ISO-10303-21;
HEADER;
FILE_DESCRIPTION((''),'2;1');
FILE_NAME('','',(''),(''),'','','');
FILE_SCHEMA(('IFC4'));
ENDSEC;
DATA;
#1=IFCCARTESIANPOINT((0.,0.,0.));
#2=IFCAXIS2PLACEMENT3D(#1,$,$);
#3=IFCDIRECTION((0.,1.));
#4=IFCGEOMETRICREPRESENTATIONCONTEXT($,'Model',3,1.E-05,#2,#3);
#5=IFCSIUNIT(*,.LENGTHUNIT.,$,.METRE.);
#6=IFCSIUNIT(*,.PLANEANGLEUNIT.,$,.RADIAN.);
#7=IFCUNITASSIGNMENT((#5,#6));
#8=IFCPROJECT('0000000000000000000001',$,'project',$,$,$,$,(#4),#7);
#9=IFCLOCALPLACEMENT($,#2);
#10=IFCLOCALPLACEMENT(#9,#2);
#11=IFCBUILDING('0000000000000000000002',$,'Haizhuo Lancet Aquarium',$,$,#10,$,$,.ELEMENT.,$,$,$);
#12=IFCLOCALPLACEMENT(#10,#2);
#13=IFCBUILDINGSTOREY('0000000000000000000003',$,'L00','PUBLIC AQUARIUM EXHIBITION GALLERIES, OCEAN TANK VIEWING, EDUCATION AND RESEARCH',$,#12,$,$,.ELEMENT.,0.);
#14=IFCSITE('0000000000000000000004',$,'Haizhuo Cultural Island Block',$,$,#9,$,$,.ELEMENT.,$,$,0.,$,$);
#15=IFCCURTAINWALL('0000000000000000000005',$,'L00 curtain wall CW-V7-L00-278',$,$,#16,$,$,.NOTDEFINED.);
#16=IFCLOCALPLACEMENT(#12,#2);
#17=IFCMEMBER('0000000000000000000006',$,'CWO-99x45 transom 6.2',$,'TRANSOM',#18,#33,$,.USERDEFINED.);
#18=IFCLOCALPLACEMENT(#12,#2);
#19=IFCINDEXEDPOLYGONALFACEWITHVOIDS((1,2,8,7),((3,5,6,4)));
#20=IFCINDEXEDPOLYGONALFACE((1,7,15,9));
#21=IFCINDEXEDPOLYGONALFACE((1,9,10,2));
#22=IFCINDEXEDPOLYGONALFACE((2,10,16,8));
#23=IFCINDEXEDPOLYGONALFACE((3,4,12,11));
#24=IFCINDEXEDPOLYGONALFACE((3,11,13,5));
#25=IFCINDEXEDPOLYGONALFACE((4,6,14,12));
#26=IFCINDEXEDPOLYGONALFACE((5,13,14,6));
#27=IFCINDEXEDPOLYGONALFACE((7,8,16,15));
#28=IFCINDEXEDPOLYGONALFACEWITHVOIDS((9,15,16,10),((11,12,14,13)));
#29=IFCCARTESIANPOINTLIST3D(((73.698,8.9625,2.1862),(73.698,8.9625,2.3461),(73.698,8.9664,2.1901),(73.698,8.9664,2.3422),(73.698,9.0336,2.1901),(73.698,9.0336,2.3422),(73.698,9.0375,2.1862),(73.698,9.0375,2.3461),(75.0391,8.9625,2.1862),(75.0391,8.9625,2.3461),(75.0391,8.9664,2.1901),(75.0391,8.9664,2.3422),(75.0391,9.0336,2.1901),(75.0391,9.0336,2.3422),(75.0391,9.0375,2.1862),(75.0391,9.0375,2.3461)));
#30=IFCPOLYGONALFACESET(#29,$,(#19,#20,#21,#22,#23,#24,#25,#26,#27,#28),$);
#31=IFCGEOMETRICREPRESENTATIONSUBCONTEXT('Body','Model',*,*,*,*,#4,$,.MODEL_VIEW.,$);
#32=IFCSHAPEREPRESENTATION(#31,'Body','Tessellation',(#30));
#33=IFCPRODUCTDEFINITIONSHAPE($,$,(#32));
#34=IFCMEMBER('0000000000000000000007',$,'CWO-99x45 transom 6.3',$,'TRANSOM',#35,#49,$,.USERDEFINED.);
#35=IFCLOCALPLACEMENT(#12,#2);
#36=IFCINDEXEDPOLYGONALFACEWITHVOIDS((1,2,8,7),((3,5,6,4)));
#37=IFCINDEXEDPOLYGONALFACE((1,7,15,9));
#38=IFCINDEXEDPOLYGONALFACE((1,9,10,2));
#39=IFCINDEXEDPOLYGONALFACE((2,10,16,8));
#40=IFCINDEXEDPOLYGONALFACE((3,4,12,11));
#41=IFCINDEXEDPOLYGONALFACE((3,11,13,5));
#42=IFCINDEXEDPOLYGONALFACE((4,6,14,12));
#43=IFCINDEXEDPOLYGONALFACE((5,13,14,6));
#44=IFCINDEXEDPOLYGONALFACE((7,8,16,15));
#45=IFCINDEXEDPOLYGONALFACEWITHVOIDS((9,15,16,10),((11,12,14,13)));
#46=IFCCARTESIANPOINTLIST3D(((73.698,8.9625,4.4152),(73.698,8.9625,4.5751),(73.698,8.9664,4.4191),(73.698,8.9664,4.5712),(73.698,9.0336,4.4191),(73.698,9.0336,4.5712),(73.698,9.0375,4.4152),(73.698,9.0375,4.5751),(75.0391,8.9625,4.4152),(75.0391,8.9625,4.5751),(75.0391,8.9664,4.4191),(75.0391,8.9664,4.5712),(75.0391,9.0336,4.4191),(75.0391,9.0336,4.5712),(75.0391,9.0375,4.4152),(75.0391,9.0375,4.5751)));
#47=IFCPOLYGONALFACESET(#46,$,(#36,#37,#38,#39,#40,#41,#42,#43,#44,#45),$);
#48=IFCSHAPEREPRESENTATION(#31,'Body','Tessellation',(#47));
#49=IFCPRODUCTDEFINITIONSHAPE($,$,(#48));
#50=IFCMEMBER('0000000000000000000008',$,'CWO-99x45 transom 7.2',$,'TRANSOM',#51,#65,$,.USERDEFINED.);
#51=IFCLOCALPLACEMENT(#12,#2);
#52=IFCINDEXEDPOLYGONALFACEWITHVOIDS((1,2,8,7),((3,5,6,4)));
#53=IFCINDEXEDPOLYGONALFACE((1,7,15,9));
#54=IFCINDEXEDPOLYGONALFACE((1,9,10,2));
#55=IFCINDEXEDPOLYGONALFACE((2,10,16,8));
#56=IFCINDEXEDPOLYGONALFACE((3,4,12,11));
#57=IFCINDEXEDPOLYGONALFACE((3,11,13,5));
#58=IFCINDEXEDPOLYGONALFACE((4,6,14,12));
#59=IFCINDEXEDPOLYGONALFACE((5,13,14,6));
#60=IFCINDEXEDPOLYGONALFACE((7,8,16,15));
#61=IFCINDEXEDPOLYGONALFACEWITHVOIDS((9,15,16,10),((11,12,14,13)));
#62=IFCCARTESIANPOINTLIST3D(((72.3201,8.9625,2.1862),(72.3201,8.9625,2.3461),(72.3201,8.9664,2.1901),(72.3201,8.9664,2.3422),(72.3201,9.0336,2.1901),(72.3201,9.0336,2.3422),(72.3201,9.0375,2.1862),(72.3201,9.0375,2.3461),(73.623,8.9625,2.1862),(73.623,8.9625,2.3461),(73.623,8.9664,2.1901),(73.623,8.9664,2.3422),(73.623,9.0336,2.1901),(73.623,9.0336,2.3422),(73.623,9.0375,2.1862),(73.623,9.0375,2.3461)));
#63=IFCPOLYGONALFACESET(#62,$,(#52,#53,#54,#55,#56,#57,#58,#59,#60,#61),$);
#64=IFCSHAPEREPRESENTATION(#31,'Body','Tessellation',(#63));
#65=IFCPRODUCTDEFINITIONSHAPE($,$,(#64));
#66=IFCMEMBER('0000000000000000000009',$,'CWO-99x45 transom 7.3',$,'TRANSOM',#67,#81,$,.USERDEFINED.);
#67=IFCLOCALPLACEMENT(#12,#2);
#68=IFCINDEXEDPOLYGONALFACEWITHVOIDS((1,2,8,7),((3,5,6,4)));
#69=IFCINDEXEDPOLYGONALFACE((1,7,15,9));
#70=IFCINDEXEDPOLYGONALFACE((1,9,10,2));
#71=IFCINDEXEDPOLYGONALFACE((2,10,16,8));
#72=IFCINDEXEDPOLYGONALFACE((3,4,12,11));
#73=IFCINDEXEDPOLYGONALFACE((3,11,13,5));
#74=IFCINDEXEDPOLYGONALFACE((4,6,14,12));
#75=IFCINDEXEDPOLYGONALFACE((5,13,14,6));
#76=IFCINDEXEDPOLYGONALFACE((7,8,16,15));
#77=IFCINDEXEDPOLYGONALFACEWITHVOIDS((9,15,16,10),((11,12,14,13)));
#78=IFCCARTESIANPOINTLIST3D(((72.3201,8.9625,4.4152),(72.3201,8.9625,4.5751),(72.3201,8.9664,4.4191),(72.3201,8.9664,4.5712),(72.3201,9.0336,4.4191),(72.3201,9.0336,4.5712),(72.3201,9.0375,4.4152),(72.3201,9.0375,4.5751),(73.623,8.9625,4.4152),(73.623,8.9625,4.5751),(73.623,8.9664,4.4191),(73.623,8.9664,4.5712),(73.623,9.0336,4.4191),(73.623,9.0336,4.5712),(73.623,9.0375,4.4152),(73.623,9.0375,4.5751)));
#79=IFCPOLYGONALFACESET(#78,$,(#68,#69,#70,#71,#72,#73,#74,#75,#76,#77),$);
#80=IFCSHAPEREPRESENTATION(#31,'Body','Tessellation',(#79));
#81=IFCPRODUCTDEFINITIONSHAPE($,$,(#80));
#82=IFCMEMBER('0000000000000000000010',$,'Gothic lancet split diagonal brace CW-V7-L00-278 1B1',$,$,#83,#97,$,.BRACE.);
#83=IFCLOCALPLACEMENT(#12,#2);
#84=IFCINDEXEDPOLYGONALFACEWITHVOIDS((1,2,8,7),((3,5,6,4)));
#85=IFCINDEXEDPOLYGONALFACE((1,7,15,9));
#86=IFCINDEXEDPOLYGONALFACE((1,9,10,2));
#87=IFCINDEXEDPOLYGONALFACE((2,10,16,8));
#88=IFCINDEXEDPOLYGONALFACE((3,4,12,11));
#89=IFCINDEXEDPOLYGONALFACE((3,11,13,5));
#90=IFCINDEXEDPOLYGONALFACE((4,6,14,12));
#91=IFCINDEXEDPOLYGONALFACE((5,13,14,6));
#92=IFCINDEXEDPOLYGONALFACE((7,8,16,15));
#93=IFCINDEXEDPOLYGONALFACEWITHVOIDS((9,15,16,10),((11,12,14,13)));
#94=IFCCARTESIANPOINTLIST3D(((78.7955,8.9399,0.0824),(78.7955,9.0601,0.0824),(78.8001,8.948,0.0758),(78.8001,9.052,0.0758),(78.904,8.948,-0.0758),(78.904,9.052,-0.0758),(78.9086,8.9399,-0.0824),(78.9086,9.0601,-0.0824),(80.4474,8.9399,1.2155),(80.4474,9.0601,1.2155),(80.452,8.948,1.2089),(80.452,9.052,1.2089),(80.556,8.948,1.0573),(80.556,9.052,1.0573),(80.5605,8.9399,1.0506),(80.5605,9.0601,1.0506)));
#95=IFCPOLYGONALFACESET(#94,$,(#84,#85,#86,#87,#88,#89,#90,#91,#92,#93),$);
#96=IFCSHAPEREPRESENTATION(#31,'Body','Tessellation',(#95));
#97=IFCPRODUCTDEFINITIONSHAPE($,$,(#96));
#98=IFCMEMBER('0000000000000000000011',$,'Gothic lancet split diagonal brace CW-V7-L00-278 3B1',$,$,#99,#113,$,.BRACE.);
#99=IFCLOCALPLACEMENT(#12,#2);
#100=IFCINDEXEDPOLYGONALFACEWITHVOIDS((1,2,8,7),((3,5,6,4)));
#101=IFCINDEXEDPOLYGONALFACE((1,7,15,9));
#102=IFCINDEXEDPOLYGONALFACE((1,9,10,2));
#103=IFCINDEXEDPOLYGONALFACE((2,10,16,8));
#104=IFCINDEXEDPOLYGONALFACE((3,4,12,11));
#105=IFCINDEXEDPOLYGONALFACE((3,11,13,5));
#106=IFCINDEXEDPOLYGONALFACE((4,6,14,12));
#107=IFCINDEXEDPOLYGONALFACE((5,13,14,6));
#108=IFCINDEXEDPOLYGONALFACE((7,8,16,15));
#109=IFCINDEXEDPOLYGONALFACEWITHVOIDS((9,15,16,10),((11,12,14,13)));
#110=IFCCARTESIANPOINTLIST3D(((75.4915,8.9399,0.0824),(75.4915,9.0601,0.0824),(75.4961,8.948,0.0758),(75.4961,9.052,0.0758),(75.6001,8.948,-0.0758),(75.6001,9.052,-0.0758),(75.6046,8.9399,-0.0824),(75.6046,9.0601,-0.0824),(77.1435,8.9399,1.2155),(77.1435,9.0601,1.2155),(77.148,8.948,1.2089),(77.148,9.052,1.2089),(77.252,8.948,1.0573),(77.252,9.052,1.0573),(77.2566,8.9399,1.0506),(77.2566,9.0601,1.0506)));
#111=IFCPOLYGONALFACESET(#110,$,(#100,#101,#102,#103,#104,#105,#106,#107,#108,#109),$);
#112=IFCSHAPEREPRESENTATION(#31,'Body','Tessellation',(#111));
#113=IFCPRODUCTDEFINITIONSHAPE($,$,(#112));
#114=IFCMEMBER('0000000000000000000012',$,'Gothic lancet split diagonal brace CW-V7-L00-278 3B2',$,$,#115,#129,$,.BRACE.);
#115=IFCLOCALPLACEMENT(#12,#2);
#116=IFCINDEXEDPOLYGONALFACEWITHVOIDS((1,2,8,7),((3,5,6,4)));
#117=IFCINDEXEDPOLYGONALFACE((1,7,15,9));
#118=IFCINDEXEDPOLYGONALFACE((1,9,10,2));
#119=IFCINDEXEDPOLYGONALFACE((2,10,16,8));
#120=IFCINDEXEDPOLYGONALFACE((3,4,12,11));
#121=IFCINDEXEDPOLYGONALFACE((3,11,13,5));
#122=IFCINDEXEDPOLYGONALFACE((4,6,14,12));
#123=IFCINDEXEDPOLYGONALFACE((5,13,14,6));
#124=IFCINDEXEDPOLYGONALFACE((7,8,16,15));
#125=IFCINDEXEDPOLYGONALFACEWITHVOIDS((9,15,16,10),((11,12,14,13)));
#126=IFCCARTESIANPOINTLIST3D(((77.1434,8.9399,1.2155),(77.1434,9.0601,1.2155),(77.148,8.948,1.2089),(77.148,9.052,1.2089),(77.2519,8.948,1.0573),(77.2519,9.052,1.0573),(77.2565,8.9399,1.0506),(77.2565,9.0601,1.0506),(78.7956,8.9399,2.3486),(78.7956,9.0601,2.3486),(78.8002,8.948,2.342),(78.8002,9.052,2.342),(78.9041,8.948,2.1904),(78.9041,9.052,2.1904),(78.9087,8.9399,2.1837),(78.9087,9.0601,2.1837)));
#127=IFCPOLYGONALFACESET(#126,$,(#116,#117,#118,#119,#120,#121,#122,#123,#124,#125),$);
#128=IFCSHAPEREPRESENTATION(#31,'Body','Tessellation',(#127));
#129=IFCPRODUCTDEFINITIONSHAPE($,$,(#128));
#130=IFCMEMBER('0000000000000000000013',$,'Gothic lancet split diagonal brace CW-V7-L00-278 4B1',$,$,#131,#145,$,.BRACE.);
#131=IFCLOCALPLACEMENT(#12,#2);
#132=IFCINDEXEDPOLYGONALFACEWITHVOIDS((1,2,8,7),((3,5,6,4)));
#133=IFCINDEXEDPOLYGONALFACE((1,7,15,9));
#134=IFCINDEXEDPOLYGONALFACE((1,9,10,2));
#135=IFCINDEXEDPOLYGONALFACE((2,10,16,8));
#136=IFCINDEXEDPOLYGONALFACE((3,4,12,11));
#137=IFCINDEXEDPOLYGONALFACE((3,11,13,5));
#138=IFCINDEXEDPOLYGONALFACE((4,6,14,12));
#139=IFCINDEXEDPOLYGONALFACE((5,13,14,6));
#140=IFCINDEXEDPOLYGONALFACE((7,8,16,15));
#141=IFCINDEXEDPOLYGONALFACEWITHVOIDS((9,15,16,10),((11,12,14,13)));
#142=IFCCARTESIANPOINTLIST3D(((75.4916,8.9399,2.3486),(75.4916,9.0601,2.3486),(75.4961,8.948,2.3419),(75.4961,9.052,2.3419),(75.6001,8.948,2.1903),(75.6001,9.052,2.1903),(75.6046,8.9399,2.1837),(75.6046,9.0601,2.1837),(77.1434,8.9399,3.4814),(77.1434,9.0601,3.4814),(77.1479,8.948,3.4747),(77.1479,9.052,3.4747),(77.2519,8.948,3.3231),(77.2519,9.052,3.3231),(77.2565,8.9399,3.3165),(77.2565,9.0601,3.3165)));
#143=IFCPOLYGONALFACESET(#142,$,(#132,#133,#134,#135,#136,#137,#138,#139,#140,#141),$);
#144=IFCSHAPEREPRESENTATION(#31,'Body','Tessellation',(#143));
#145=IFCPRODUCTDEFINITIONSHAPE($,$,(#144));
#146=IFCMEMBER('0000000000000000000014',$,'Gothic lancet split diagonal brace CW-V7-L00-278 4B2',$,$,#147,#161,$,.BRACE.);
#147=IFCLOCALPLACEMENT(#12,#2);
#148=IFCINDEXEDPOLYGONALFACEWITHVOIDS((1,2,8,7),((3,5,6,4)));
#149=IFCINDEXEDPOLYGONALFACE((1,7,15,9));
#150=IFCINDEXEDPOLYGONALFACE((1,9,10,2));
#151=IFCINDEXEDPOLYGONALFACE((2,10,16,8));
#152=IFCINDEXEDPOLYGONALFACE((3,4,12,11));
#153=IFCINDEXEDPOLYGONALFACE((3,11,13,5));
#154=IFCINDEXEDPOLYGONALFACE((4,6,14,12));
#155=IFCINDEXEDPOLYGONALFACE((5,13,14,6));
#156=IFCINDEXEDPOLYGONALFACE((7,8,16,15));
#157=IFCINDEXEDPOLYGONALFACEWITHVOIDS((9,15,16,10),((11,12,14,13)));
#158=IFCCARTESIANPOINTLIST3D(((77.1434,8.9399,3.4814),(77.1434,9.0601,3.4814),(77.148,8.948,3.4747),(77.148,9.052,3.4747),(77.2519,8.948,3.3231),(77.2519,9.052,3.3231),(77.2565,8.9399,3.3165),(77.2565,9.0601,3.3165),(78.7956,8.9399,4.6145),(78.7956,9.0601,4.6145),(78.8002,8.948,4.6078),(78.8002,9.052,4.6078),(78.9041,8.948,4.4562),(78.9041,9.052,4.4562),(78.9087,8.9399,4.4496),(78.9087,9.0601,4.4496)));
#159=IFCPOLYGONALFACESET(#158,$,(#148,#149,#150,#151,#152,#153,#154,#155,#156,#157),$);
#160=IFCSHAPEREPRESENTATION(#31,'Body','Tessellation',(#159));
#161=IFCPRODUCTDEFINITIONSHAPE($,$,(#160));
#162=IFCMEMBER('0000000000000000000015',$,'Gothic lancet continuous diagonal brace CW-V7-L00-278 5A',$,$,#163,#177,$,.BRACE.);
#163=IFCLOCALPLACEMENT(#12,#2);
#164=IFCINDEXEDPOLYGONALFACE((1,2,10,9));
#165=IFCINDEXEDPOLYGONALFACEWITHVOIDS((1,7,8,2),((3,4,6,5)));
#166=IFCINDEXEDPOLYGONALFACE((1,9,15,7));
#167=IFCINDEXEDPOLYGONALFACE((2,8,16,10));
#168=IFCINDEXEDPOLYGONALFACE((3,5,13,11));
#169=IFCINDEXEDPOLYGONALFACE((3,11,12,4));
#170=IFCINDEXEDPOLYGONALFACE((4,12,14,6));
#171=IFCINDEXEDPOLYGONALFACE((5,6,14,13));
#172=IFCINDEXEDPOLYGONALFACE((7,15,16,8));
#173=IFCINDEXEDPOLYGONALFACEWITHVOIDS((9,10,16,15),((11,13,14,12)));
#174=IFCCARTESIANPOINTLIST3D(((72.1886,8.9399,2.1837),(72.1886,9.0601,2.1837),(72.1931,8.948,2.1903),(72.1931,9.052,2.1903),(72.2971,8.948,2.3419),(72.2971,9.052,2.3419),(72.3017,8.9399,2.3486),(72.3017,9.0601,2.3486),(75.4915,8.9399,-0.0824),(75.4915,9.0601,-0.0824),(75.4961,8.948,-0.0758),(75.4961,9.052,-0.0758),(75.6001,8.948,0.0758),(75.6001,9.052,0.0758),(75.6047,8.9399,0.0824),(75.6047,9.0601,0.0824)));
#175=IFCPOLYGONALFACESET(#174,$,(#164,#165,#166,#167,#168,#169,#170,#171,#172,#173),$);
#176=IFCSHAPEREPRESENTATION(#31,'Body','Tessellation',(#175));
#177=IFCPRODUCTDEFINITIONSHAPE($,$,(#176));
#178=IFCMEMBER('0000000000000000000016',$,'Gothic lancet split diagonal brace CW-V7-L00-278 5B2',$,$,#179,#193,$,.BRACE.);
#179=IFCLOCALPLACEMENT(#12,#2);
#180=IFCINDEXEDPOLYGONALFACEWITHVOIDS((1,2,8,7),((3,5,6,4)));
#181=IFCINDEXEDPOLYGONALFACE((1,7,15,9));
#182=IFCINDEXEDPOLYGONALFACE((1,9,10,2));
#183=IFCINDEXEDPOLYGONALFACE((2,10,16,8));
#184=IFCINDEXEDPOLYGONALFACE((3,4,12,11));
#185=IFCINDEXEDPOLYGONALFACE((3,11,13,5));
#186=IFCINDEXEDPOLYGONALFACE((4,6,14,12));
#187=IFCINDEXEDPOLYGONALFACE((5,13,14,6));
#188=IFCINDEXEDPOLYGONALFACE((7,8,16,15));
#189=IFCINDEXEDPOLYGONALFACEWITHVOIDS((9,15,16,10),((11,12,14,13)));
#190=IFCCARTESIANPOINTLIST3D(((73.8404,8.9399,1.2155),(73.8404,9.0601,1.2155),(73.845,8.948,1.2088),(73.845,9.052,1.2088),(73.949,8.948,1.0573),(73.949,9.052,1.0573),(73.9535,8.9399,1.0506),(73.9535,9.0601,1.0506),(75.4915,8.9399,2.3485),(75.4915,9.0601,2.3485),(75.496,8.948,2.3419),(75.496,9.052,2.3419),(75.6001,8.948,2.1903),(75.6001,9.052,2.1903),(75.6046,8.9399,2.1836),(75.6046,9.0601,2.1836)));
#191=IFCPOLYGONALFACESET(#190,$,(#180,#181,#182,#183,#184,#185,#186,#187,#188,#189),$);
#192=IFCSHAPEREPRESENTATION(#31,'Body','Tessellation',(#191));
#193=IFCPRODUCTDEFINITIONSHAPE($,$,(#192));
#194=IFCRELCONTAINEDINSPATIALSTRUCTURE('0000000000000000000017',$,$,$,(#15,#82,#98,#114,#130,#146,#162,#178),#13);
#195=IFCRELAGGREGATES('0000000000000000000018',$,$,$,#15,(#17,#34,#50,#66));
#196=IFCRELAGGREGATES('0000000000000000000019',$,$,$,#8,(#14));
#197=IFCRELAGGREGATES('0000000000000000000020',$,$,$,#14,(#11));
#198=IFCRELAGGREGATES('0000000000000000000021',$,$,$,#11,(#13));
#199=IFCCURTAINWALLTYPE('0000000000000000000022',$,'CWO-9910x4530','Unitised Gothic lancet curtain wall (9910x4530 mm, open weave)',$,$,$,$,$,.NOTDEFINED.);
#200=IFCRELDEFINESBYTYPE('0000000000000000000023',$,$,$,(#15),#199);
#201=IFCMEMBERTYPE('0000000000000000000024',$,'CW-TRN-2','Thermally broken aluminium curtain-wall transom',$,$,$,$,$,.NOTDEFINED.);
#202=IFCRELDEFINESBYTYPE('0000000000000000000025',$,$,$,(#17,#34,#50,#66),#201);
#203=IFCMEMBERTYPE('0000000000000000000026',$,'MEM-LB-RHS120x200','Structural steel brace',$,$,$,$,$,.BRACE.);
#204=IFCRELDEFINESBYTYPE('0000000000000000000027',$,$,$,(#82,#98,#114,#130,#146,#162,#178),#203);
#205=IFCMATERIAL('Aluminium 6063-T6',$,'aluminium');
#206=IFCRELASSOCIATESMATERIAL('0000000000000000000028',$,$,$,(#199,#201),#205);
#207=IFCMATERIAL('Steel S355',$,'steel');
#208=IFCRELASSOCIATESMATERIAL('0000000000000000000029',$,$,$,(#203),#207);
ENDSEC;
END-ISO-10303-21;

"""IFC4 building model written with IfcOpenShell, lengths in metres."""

from ifc_helpers import new_model, si_unit, direction, frame, origin, origin_2d, place, context, subcontext, project, spatial, hollow_rectangle, extrude, material, material_profile, profile_set, type_object, element, aggregate, save


model = new_model("IFC4")

# Units and contexts
model_context = context("Model", 3, precision=1e-05, world=origin(), true_north=direction((0.0, 1.0)))
body_context = subcontext(model_context, "Body", "Model", "MODEL_VIEW")
ifc_project = project(units=[si_unit("LENGTHUNIT", "METRE"), si_unit("PLANEANGLEUNIT", "RADIAN")], contexts=[model_context])

# Site, building, storey
site_placement = place(None, origin())
site = spatial("IfcSite", under=ifc_project, at=site_placement, Name="Haizhuo Cultural Island Block", CompositionType="ELEMENT", RefElevation=0.0)
building_placement = place(site_placement, origin())
building = spatial("IfcBuilding", under=site, at=building_placement, Name="Haizhuo Lancet Aquarium", CompositionType="ELEMENT")
storey_placement = place(building_placement, origin())
storey = spatial("IfcBuildingStorey", under=building, at=storey_placement, Name="L00", Description="PUBLIC AQUARIUM EXHIBITION GALLERIES, OCEAN TANK VIEWING, EDUCATION AND RESEARCH", CompositionType="ELEMENT", Elevation=0.0)

# Curtain wall, members
ifc_material_1 = material(Name="Aluminium 6063-T6", Category="aluminium")
curtain_wall_type = type_object("IfcCurtainWallType", Name="CWO-9910x4530", Description="Unitised Gothic lancet curtain wall (9910x4530 mm, open weave)", PredefinedType="NOTDEFINED", material=ifc_material_1)
curtain_wall_placement = place(storey_placement, origin())
curtain_wall = element("IfcCurtainWall", 1, at=curtain_wall_placement, inside=storey, type_object=curtain_wall_type, Name="L00 curtain wall CW-V7-L00-278", PredefinedType="NOTDEFINED")
ifc_material_profile_1 = material_profile(ifc_material_1, hollow_rectangle(XDim=0.075, YDim=0.1599, WallThickness=0.0039, at=origin_2d()), Name="ALU-T 75x160x4")
ifc_profile_set_1 = profile_set([ifc_material_profile_1], Name="Aluminium 6063-T6")
member_type_1 = type_object("IfcMemberType", Name="CW-TRN-2", Description="Thermally broken aluminium curtain-wall transom", PredefinedType="NOTDEFINED", material=ifc_profile_set_1)
member_1_placement = place(storey_placement, frame((75.0391, 9.0, 2.2661), z_axis=(-1.0, 0.0, 0.0), x_axis=(0.0, -1.0, 0.0)))
member_1 = element("IfcMember", 2, at=member_1_placement, type_object=member_type_1, Name="CWO-99x45 transom 6.2", ObjectType="TRANSOM", PredefinedType="USERDEFINED", context=body_context, shape_type="SweptSolid", body=[
    extrude(hollow_rectangle(XDim=0.075, YDim=0.1599, WallThickness=0.0039, at=origin_2d()), origin(), (0.0, 0.0, 1.0), 1.3411),
])
member_2_placement = place(storey_placement, frame((75.0391, 9.0, 4.4951), z_axis=(-1.0, 0.0, 0.0), x_axis=(0.0, -1.0, 0.0)))
member_2 = element("IfcMember", 3, at=member_2_placement, type_object=member_type_1, Name="CWO-99x45 transom 6.3", ObjectType="TRANSOM", PredefinedType="USERDEFINED", context=body_context, shape_type="SweptSolid", body=[
    extrude(hollow_rectangle(XDim=0.075, YDim=0.1599, WallThickness=0.0039, at=origin_2d()), origin(), (0.0, 0.0, 1.0), 1.3411),
])
member_3_placement = place(storey_placement, frame((73.623, 9.0, 2.2661), z_axis=(-1.0, 0.0, 0.0), x_axis=(0.0, -1.0, 0.0)))
member_3 = element("IfcMember", 4, at=member_3_placement, type_object=member_type_1, Name="CWO-99x45 transom 7.2", ObjectType="TRANSOM", PredefinedType="USERDEFINED", context=body_context, shape_type="SweptSolid", body=[
    extrude(hollow_rectangle(XDim=0.075, YDim=0.1599, WallThickness=0.0039, at=origin_2d()), origin(), (0.0, 0.0, 1.0), 1.303),
])
member_4_placement = place(storey_placement, frame((73.623, 9.0, 4.4951), z_axis=(-1.0, 0.0, 0.0), x_axis=(0.0, -1.0, 0.0)))
member_4 = element("IfcMember", 5, at=member_4_placement, type_object=member_type_1, Name="CWO-99x45 transom 7.3", ObjectType="TRANSOM", PredefinedType="USERDEFINED", context=body_context, shape_type="SweptSolid", body=[
    extrude(hollow_rectangle(XDim=0.075, YDim=0.1599, WallThickness=0.0039, at=origin_2d()), origin(), (0.0, 0.0, 1.0), 1.303),
])

# Members
ifc_material_2 = material(Name="Steel S355", Category="steel")
ifc_material_profile_2 = material_profile(ifc_material_2, hollow_rectangle(XDim=0.1201, YDim=0.2, WallThickness=0.0081, at=origin_2d()), Name="RHS 120x200x8")
ifc_profile_set_2 = profile_set([ifc_material_profile_2], Name="Steel S355")
member_type_2 = type_object("IfcMemberType", Name="MEM-LB-RHS120x200", Description="Structural steel brace", PredefinedType="BRACE", material=ifc_profile_set_2)
for number, where, z_axis, x_axis, name in (
    (6, (78.8521, 9.0, 0.0), (0.824646, 0.0, 0.565649), (0.0, 1.0, 0.0), "Gothic lancet split diagonal brace CW-V7-L00-278 1B1"),
    (7, (75.5481, 9.0, 0.0), (0.824646, 0.0, 0.565649), (0.0, 1.0, 0.0), "Gothic lancet split diagonal brace CW-V7-L00-278 3B1"),
):
    element("IfcMember", number, at=place(storey_placement, frame(where, z_axis=z_axis, x_axis=x_axis)), inside=storey, type_object=member_type_2, Name=name, PredefinedType="BRACE", context=body_context, shape_type="SweptSolid", body=[
        extrude(hollow_rectangle(XDim=0.1201, YDim=0.2, WallThickness=0.0081, at=origin_2d()), origin(), (0.0, 0.0, 1.0), 2.0032),
    ])
member_5_placement = place(storey_placement, frame((77.2, 9.0, 1.1331), z_axis=(0.824685, 0.0, 0.565592), x_axis=(0.0, 1.0, 0.0)))
element("IfcMember", 8, at=member_5_placement, inside=storey, type_object=member_type_2, Name="Gothic lancet split diagonal brace CW-V7-L00-278 3B2", PredefinedType="BRACE", context=body_context, shape_type="SweptSolid", body=[
    extrude(hollow_rectangle(XDim=0.1201, YDim=0.2, WallThickness=0.0081, at=origin_2d()), origin(), (0.0, 0.0, 1.0), 2.0034),
])
member_6_placement = place(storey_placement, frame((75.5481, 9.0, 2.2661), z_axis=(0.824703, 0.0, 0.565566), x_axis=(0.0, 1.0, 0.0)))
element("IfcMember", 9, at=member_6_placement, inside=storey, type_object=member_type_2, Name="Gothic lancet split diagonal brace CW-V7-L00-278 4B1", PredefinedType="BRACE", context=body_context, shape_type="SweptSolid", body=[
    extrude(hollow_rectangle(XDim=0.1201, YDim=0.2, WallThickness=0.0081, at=origin_2d()), origin(), (0.0, 0.0, 1.0), 2.0029),
])
member_7_placement = place(storey_placement, frame((77.2, 9.0, 3.3989), z_axis=(0.824685, 0.0, 0.565592), x_axis=(0.0, 1.0, 0.0)))
element("IfcMember", 10, at=member_7_placement, inside=storey, type_object=member_type_2, Name="Gothic lancet split diagonal brace CW-V7-L00-278 4B2", PredefinedType="BRACE", context=body_context, shape_type="SweptSolid", body=[
    extrude(hollow_rectangle(XDim=0.1201, YDim=0.2, WallThickness=0.0081, at=origin_2d()), origin(), (0.0, 0.0, 1.0), 2.0034),
])
member_8_placement = place(storey_placement, frame((75.5481, 9.0, 0.0), z_axis=(-0.824588, 0.0, 0.565734), x_axis=(0.0, -1.0, 0.0)))
element("IfcMember", 11, at=member_8_placement, inside=storey, type_object=member_type_2, Name="Gothic lancet continuous diagonal brace CW-V7-L00-278 5A", PredefinedType="BRACE", context=body_context, shape_type="SweptSolid", body=[
    extrude(hollow_rectangle(XDim=0.1201, YDim=0.2, WallThickness=0.0081, at=origin_2d()), origin(), (0.0, 0.0, 1.0), 4.0056),
])
member_9_placement = place(storey_placement, frame((73.897, 9.0, 1.1331), z_axis=(0.824529, 0.0, 0.56582), x_axis=(0.0, 1.0, 0.0)))
element("IfcMember", 12, at=member_9_placement, inside=storey, type_object=member_type_2, Name="Gothic lancet split diagonal brace CW-V7-L00-278 5B2", PredefinedType="BRACE", context=body_context, shape_type="SweptSolid", body=[
    extrude(hollow_rectangle(XDim=0.1201, YDim=0.2, WallThickness=0.0081, at=origin_2d()), origin(), (0.0, 0.0, 1.0), 2.0024),
])

aggregate(curtain_wall, [member_1, member_2, member_3, member_4])

save(model, "model.ifc")
